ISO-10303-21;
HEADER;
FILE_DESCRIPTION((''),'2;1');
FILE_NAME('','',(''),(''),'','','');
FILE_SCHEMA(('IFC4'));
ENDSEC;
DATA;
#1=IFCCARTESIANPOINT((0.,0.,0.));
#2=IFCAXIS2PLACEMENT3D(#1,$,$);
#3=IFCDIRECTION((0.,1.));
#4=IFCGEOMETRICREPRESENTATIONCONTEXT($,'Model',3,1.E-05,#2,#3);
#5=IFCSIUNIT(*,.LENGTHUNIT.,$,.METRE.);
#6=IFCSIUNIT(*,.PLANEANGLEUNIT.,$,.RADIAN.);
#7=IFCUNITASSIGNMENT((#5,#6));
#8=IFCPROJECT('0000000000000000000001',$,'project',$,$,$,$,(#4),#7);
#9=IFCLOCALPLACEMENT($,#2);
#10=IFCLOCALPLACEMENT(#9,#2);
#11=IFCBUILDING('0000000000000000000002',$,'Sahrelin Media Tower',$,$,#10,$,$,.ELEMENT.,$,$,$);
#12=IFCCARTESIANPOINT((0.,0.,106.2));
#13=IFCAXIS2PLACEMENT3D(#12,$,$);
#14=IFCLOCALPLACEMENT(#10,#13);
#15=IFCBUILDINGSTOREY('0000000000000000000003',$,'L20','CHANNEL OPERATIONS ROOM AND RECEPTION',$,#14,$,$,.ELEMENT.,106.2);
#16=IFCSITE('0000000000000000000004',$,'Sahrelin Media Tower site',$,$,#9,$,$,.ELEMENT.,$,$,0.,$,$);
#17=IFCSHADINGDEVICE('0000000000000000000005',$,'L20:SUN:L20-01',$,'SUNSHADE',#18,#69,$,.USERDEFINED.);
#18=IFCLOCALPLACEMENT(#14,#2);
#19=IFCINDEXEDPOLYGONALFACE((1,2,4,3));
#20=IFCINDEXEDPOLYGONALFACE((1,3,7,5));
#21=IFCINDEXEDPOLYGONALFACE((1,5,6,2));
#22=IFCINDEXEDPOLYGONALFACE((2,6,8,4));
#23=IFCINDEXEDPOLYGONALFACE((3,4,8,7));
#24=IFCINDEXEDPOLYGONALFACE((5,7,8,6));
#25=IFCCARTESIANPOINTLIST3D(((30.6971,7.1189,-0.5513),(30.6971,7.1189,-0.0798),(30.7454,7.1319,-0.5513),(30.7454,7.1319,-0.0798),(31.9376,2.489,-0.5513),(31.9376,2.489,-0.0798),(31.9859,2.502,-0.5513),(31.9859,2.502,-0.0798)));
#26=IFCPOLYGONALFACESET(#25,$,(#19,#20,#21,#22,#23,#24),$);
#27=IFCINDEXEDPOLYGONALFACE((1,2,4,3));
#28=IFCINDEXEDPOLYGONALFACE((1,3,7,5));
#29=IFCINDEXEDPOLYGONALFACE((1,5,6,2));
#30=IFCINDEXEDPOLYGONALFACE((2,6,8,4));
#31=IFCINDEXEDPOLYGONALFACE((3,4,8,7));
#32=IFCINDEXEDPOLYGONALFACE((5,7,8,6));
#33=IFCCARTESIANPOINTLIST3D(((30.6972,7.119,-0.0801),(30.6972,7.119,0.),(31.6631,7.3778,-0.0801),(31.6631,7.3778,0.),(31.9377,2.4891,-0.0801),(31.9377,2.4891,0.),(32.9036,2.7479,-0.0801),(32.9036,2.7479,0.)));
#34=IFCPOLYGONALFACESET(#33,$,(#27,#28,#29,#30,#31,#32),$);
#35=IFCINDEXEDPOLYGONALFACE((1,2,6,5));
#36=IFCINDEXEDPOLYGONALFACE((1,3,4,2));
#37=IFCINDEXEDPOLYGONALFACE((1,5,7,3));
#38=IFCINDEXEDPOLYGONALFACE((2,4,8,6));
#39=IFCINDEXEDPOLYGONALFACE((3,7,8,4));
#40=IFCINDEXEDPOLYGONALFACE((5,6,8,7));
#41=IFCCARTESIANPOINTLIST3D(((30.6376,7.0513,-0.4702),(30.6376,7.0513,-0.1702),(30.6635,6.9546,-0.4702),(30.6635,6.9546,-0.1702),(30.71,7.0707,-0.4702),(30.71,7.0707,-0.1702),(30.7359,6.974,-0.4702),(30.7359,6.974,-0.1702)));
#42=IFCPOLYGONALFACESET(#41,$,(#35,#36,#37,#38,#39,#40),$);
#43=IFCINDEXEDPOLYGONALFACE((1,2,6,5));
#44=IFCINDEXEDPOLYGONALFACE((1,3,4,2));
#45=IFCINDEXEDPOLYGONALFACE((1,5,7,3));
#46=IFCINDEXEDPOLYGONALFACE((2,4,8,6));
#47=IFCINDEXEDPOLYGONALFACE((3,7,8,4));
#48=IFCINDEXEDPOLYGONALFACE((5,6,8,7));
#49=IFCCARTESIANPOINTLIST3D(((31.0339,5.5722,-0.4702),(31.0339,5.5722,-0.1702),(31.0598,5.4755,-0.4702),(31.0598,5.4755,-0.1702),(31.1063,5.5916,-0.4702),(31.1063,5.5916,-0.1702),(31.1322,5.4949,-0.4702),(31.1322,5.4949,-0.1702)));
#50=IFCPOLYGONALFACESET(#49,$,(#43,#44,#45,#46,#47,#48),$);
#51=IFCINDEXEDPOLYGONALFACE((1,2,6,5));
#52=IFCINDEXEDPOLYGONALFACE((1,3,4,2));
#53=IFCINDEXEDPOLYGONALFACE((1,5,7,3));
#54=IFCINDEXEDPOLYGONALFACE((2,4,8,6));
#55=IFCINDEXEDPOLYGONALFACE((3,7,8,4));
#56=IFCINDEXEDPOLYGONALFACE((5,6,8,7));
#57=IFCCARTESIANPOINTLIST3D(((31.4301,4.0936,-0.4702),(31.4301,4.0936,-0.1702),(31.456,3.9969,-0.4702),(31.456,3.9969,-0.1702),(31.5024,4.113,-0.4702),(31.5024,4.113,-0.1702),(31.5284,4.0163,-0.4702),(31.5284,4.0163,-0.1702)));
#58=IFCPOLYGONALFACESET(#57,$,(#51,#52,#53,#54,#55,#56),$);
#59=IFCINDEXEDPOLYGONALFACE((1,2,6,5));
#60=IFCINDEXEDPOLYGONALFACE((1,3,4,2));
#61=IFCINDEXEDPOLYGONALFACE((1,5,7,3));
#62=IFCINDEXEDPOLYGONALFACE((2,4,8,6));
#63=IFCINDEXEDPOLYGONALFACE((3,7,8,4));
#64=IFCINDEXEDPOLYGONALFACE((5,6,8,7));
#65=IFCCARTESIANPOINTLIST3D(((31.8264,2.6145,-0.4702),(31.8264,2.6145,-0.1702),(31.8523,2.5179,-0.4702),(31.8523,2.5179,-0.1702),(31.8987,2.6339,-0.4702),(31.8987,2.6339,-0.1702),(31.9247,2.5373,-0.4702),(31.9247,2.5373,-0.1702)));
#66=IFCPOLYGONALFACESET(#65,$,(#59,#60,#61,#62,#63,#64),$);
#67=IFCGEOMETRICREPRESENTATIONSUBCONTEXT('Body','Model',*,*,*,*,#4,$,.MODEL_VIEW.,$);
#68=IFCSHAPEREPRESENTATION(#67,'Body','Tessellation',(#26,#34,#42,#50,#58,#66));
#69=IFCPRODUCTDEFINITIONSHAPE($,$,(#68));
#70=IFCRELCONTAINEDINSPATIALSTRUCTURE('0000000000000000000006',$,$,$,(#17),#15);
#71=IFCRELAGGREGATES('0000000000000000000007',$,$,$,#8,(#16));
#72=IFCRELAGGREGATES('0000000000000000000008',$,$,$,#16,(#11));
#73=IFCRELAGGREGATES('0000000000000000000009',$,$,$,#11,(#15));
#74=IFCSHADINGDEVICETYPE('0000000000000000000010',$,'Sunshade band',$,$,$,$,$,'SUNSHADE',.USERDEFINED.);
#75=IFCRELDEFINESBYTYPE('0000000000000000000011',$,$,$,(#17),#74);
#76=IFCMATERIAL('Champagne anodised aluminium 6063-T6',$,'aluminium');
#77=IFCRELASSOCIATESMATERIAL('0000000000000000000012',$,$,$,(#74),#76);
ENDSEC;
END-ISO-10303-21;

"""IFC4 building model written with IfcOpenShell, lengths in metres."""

from ifc_helpers import new_model, si_unit, direction, frame, origin, origin_2d, place, context, subcontext, project, spatial, rectangle, extrude, material, type_object, element, save


model = new_model("IFC4")

# Units and contexts
model_context = context("Model", 3, precision=1e-05, world=origin(), true_north=direction((0.0, 1.0)))
body_context = subcontext(model_context, "Body", "Model", "MODEL_VIEW")
ifc_project = project(units=[si_unit("LENGTHUNIT", "METRE"), si_unit("PLANEANGLEUNIT", "RADIAN")], contexts=[model_context])

# Site, building, storey
site_placement = place(None, origin())
site = spatial("IfcSite", under=ifc_project, at=site_placement, Name="Sahrelin Media Tower site", CompositionType="ELEMENT", RefElevation=0.0)
building_placement = place(site_placement, origin())
building = spatial("IfcBuilding", under=site, at=building_placement, Name="Sahrelin Media Tower", CompositionType="ELEMENT")
storey_placement = place(building_placement, frame((0.0, 0.0, 106.2)))
storey = spatial("IfcBuildingStorey", under=building, at=storey_placement, Name="L20", Description="CHANNEL OPERATIONS ROOM AND RECEPTION", CompositionType="ELEMENT", Elevation=106.2)

# Shared definitions
ifc_material_1 = material(Name="Champagne anodised aluminium 6063-T6", Category="aluminium")

# Shading device
placement_1 = place(storey_placement, frame((31.2981, 4.7988, 0.0), z_axis=(0.0, 0.0, 1.0), x_axis=(0.258808, -0.965929, 0.0)))
shading_device_type_1 = type_object("IfcShadingDeviceType", Name="Sunshade band", ElementType="SUNSHADE", PredefinedType="USERDEFINED", material=ifc_material_1)
element("IfcShadingDevice", 1, at=placement_1, inside=storey, type_object=shading_device_type_1, Name="L20:SUN:L20-01", ObjectType="SUNSHADE", PredefinedType="USERDEFINED", context=body_context, shape_type="SweptSolid", body=[
    extrude(rectangle(XDim=4.7932, YDim=0.05, at=origin_2d()), frame((0.0, 0.0449, -0.5513)), (0.0, 0.0, 1.0), 0.4714),
    extrude(rectangle(XDim=4.7932, YDim=1.0, at=origin_2d()), frame((0.0, 0.52, -0.0801)), (0.0, 0.0, 1.0), 0.0801),
    extrude(rectangle(XDim=0.1001, YDim=0.075, at=origin_2d()), frame((-2.2966, -0.0176, -0.4702)), (0.0, 0.0, 1.0), 0.3),
    extrude(rectangle(XDim=0.1001, YDim=0.075, at=origin_2d()), frame((-0.7654, -0.0176, -0.4702)), (0.0, 0.0, 1.0), 0.3),
    extrude(rectangle(XDim=0.1001, YDim=0.075, at=origin_2d()), frame((0.7654, -0.0176, -0.4702)), (0.0, 0.0, 1.0), 0.3),
    extrude(rectangle(XDim=0.1001, YDim=0.075, at=origin_2d()), frame((2.2966, -0.0176, -0.4702)), (0.0, 0.0, 1.0), 0.3),
])

save(model, "model.ifc")
